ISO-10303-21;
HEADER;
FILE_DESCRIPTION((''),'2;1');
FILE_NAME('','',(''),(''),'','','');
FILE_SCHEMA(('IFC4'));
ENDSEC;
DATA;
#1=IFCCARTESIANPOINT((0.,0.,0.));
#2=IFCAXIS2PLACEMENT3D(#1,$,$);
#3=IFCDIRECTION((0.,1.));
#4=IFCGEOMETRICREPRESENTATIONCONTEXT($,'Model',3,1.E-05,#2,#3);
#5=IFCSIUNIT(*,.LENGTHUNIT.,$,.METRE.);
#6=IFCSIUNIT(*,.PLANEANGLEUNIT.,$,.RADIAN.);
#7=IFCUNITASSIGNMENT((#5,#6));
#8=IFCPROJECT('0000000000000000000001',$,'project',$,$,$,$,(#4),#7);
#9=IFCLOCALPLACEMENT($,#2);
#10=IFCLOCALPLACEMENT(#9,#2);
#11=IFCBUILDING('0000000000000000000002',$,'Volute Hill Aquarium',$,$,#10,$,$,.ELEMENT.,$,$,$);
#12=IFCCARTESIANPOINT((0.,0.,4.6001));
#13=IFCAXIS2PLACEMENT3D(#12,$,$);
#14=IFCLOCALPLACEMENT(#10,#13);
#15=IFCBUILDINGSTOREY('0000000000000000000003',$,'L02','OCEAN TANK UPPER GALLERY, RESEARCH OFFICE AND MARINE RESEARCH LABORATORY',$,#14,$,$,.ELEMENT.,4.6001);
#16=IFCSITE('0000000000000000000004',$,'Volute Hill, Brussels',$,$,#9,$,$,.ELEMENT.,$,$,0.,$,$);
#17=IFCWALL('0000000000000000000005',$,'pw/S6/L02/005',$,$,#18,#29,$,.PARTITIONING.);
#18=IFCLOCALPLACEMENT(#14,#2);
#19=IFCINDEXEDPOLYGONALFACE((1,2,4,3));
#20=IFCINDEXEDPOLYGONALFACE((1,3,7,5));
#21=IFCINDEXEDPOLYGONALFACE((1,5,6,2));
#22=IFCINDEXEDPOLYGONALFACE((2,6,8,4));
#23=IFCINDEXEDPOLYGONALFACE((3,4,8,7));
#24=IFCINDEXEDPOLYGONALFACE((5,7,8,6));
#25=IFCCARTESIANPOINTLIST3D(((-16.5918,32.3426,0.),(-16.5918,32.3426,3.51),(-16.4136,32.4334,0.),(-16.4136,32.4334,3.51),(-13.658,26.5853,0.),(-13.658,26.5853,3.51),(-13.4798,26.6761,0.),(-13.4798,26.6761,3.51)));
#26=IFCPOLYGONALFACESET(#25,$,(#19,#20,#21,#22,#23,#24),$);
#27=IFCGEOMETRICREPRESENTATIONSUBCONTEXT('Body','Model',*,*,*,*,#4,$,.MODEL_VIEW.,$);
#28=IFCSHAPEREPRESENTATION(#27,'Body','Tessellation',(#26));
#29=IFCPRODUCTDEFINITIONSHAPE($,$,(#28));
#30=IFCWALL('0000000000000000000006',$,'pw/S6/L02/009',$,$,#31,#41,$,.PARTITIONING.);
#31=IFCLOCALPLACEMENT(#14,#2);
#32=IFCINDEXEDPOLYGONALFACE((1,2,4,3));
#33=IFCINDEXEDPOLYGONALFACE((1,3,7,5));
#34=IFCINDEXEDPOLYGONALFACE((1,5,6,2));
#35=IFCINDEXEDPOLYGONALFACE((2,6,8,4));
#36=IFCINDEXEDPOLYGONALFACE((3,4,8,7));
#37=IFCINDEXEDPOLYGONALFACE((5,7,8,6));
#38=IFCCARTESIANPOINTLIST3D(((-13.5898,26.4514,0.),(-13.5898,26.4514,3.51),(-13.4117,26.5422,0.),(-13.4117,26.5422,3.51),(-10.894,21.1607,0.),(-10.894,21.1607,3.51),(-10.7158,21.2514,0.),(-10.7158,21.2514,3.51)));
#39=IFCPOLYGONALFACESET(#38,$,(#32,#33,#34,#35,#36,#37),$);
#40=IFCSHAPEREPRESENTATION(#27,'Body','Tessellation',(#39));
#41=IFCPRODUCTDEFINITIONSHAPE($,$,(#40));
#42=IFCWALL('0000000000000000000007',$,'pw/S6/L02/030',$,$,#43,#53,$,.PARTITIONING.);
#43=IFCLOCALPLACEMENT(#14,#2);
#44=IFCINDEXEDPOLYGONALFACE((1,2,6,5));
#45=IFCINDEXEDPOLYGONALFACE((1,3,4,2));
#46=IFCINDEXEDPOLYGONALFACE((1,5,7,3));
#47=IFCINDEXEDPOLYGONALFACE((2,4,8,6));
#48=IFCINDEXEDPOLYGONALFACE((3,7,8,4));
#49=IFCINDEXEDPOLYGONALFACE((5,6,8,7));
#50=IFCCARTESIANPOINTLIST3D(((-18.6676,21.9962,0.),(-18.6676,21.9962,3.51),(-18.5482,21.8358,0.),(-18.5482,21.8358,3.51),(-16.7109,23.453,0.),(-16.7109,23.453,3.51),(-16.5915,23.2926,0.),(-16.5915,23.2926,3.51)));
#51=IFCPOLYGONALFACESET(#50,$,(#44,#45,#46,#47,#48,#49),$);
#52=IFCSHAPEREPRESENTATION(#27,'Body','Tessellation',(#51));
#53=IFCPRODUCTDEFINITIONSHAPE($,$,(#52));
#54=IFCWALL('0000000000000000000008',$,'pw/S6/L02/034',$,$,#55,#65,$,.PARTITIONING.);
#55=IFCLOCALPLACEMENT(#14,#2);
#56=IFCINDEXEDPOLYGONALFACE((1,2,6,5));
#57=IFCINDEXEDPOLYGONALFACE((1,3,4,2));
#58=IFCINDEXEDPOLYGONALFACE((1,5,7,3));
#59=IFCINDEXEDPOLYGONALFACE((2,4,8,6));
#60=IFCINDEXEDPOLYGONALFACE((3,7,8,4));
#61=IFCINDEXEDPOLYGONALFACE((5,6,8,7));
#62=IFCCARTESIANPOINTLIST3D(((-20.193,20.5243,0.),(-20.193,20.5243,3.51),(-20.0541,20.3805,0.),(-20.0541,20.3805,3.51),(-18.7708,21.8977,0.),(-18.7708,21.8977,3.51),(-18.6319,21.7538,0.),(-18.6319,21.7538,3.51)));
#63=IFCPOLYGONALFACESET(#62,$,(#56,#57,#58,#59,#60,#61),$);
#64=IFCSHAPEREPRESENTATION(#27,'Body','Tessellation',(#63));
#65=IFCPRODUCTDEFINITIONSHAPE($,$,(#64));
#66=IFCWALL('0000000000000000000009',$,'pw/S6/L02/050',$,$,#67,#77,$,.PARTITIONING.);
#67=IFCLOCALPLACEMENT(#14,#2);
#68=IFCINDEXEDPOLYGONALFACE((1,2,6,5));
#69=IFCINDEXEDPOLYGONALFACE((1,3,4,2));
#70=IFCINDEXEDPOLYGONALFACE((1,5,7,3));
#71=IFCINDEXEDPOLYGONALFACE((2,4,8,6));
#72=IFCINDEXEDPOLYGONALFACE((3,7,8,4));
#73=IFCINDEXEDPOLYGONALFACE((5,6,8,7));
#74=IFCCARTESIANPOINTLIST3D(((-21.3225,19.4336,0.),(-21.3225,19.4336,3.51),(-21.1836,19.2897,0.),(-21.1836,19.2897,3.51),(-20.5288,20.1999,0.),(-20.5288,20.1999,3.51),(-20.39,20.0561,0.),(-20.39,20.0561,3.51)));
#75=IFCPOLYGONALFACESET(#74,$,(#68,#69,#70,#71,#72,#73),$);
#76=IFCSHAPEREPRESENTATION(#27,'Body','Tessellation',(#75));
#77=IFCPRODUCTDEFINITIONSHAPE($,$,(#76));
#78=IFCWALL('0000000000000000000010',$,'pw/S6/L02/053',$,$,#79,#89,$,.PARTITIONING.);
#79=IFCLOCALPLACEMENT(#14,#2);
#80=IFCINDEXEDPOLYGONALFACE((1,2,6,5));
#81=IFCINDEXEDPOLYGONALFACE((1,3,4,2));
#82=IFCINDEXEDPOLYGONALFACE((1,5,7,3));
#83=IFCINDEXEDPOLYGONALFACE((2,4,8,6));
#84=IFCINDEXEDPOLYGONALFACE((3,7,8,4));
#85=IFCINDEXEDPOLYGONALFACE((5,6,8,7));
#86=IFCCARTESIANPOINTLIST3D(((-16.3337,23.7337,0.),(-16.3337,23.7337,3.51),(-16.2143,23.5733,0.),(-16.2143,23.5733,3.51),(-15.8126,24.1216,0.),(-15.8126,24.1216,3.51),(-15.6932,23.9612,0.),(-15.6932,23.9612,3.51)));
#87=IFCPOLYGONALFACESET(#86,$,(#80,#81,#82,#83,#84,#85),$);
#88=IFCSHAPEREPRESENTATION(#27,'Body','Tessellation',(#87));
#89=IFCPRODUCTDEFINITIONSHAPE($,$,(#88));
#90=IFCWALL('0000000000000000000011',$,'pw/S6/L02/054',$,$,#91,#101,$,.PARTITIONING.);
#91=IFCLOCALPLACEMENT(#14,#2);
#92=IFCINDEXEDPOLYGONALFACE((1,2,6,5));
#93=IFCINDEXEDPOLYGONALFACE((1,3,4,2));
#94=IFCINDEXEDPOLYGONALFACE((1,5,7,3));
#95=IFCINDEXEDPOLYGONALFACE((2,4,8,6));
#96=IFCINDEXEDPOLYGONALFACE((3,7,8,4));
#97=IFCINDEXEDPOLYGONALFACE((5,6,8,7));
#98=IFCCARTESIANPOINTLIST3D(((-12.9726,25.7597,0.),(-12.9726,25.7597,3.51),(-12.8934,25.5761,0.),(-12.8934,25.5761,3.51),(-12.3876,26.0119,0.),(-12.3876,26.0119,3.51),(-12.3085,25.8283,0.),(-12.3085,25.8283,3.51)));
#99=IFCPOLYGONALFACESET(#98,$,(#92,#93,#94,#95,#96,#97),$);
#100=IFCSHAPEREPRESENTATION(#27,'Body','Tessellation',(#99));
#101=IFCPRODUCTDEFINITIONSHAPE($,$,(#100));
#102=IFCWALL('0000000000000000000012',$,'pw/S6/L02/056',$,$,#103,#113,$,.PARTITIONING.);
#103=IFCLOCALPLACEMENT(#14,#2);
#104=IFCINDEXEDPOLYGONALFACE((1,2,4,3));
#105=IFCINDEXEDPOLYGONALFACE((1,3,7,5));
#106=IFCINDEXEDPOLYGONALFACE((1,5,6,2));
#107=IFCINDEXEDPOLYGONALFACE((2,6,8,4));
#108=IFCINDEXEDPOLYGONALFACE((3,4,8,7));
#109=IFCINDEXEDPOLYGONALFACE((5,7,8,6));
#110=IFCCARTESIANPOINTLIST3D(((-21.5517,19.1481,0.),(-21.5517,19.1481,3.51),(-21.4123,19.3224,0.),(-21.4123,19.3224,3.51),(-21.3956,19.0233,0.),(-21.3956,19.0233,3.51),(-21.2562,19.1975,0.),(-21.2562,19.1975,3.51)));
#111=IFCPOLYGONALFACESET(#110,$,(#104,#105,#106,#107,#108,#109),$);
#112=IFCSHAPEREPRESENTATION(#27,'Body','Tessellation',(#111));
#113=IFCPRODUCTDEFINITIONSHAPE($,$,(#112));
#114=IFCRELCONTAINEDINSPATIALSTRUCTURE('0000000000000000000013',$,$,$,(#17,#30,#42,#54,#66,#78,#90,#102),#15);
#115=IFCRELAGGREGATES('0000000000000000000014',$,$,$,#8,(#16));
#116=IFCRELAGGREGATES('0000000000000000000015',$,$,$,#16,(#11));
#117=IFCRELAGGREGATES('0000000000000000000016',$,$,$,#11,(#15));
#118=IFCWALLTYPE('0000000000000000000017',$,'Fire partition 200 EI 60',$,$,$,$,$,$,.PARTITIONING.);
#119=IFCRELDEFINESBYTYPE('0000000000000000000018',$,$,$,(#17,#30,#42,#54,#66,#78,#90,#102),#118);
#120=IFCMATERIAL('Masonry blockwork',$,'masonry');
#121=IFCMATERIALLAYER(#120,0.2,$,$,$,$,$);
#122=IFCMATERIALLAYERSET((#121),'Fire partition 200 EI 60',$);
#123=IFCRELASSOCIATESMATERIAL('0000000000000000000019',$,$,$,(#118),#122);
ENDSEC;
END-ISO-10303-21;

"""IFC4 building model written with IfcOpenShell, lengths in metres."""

from ifc_helpers import new_model, si_unit, direction, frame, frame_2d, origin, place, context, subcontext, project, spatial, rectangle, extrude, material, layer, layer_set, type_object, element, save


model = new_model("IFC4")

# Units and contexts
model_context = context("Model", 3, precision=1e-05, world=origin(), true_north=direction((0.0, 1.0)))
body_context = subcontext(model_context, "Body", "Model", "MODEL_VIEW")
ifc_project = project(units=[si_unit("LENGTHUNIT", "METRE"), si_unit("PLANEANGLEUNIT", "RADIAN")], contexts=[model_context])

# Site, building, storey
site_placement = place(None, origin())
site = spatial("IfcSite", under=ifc_project, at=site_placement, Name="Volute Hill, Brussels", CompositionType="ELEMENT", RefElevation=0.0)
building_placement = place(site_placement, origin())
building = spatial("IfcBuilding", under=site, at=building_placement, Name="Volute Hill Aquarium", CompositionType="ELEMENT")
storey_placement = place(building_placement, frame((0.0, 0.0, 4.6001)))
storey = spatial("IfcBuildingStorey", under=building, at=storey_placement, Name="L02", Description="OCEAN TANK UPPER GALLERY, RESEARCH OFFICE AND MARINE RESEARCH LABORATORY", CompositionType="ELEMENT", Elevation=4.6001)

# Walls
ifc_material_1 = material(Name="Masonry blockwork", Category="masonry")
ifc_layer_1 = layer(ifc_material_1, 0.2)
ifc_layer_set_1 = layer_set([ifc_layer_1], Name="Fire partition 200 EI 60")
wall_type_1 = type_object("IfcWallType", Name="Fire partition 200 EI 60", PredefinedType="PARTITIONING", material=ifc_layer_set_1)
wall_1_placement = place(storey_placement, frame((-13.5688, 26.6306, 0.0), z_axis=(0.0, 0.0, 1.0), x_axis=(-0.454032, 0.890986, 0.0)))
element("IfcWall", 1, at=wall_1_placement, inside=storey, type_object=wall_type_1, Name="pw/S6/L02/005", PredefinedType="PARTITIONING", context=body_context, shape_type="SweptSolid", body=[
    extrude(rectangle(XDim=6.4617, YDim=0.2, at=frame_2d((3.231, 0.0))), origin(), (0.0, 0.0, 1.0), 3.51),
])
wall_2_placement = place(storey_placement, frame((-13.5007, 26.4968, 0.0), z_axis=(0.0, 0.0, 1.0), x_axis=(0.453993, -0.891005, 0.0)))
element("IfcWall", 2, at=wall_2_placement, inside=storey, type_object=wall_type_1, Name="pw/S6/L02/009", PredefinedType="PARTITIONING", context=body_context, shape_type="SweptSolid", body=[
    extrude(rectangle(XDim=5.938, YDim=0.2, at=frame_2d((2.969, 0.0))), origin(), (0.0, 0.0, 1.0), 3.51),
])
wall_3_placement = place(storey_placement, frame((-18.6079, 21.916, 0.0), z_axis=(0.0, 0.0, 1.0), x_axis=(0.802121, 0.597162, 0.0)))
element("IfcWall", 3, at=wall_3_placement, inside=storey, type_object=wall_type_1, Name="pw/S6/L02/030", PredefinedType="PARTITIONING", context=body_context, shape_type="SweptSolid", body=[
    extrude(rectangle(XDim=2.4395, YDim=0.2, at=frame_2d((1.2197, 0.0))), origin(), (0.0, 0.0, 1.0), 3.51),
])
wall_4_placement = place(storey_placement, frame((-20.1235, 20.4524, 0.0), z_axis=(0.0, 0.0, 1.0), x_axis=(0.719348, 0.69465, 0.0)))
element("IfcWall", 4, at=wall_4_placement, inside=storey, type_object=wall_type_1, Name="pw/S6/L02/034", PredefinedType="PARTITIONING", context=body_context, shape_type="SweptSolid", body=[
    extrude(rectangle(XDim=1.9771, YDim=0.2, at=frame_2d((0.9885, 0.0))), origin(), (0.0, 0.0, 1.0), 3.51),
])
wall_5_placement = place(storey_placement, frame((-21.2532, 19.3616, 0.0), z_axis=(0.0, 0.0, 1.0), x_axis=(0.71939, 0.694606, 0.0)))
element("IfcWall", 5, at=wall_5_placement, inside=storey, type_object=wall_type_1, Name="pw/S6/L02/050", PredefinedType="PARTITIONING", context=body_context, shape_type="SweptSolid", body=[
    extrude(rectangle(XDim=1.1033, YDim=0.2, at=frame_2d((0.5518, 0.0))), origin(), (0.0, 0.0, 1.0), 3.51),
])
wall_6_placement = place(storey_placement, frame((-16.2739, 23.6536, 0.0), z_axis=(0.0, 0.0, 1.0), x_axis=(0.802204, 0.59705, 0.0)))
element("IfcWall", 6, at=wall_6_placement, inside=storey, type_object=wall_type_1, Name="pw/S6/L02/053", PredefinedType="PARTITIONING", context=body_context, shape_type="SweptSolid", body=[
    extrude(rectangle(XDim=0.6497, YDim=0.2, at=frame_2d((0.3247, 0.0))), origin(), (0.0, 0.0, 1.0), 3.51),
])
wall_7_placement = place(storey_placement, frame((-12.9329, 25.668, 0.0), z_axis=(0.0, 0.0, 1.0), x_axis=(0.91829, 0.395907, 0.0)))
element("IfcWall", 7, at=wall_7_placement, inside=storey, type_object=wall_type_1, Name="pw/S6/L02/054", PredefinedType="PARTITIONING", context=body_context, shape_type="SweptSolid", body=[
    extrude(rectangle(XDim=0.637, YDim=0.2, at=frame_2d((0.3184, 0.0))), origin(), (0.0, 0.0, 1.0), 3.51),
])
wall_8_placement = place(storey_placement, frame((-21.4736, 19.0857, 0.0), z_axis=(0.0, 0.0, 1.0), x_axis=(0.624562, 0.780976, 0.0)))
element("IfcWall", 8, at=wall_8_placement, inside=storey, type_object=wall_type_1, Name="pw/S6/L02/056", PredefinedType="PARTITIONING", context=body_context, shape_type="SweptSolid", body=[
    extrude(rectangle(XDim=0.2231, YDim=0.2, at=frame_2d((0.1116, 0.0))), origin(), (0.0, 0.0, 1.0), 3.51),
])

save(model, "model.ifc")
